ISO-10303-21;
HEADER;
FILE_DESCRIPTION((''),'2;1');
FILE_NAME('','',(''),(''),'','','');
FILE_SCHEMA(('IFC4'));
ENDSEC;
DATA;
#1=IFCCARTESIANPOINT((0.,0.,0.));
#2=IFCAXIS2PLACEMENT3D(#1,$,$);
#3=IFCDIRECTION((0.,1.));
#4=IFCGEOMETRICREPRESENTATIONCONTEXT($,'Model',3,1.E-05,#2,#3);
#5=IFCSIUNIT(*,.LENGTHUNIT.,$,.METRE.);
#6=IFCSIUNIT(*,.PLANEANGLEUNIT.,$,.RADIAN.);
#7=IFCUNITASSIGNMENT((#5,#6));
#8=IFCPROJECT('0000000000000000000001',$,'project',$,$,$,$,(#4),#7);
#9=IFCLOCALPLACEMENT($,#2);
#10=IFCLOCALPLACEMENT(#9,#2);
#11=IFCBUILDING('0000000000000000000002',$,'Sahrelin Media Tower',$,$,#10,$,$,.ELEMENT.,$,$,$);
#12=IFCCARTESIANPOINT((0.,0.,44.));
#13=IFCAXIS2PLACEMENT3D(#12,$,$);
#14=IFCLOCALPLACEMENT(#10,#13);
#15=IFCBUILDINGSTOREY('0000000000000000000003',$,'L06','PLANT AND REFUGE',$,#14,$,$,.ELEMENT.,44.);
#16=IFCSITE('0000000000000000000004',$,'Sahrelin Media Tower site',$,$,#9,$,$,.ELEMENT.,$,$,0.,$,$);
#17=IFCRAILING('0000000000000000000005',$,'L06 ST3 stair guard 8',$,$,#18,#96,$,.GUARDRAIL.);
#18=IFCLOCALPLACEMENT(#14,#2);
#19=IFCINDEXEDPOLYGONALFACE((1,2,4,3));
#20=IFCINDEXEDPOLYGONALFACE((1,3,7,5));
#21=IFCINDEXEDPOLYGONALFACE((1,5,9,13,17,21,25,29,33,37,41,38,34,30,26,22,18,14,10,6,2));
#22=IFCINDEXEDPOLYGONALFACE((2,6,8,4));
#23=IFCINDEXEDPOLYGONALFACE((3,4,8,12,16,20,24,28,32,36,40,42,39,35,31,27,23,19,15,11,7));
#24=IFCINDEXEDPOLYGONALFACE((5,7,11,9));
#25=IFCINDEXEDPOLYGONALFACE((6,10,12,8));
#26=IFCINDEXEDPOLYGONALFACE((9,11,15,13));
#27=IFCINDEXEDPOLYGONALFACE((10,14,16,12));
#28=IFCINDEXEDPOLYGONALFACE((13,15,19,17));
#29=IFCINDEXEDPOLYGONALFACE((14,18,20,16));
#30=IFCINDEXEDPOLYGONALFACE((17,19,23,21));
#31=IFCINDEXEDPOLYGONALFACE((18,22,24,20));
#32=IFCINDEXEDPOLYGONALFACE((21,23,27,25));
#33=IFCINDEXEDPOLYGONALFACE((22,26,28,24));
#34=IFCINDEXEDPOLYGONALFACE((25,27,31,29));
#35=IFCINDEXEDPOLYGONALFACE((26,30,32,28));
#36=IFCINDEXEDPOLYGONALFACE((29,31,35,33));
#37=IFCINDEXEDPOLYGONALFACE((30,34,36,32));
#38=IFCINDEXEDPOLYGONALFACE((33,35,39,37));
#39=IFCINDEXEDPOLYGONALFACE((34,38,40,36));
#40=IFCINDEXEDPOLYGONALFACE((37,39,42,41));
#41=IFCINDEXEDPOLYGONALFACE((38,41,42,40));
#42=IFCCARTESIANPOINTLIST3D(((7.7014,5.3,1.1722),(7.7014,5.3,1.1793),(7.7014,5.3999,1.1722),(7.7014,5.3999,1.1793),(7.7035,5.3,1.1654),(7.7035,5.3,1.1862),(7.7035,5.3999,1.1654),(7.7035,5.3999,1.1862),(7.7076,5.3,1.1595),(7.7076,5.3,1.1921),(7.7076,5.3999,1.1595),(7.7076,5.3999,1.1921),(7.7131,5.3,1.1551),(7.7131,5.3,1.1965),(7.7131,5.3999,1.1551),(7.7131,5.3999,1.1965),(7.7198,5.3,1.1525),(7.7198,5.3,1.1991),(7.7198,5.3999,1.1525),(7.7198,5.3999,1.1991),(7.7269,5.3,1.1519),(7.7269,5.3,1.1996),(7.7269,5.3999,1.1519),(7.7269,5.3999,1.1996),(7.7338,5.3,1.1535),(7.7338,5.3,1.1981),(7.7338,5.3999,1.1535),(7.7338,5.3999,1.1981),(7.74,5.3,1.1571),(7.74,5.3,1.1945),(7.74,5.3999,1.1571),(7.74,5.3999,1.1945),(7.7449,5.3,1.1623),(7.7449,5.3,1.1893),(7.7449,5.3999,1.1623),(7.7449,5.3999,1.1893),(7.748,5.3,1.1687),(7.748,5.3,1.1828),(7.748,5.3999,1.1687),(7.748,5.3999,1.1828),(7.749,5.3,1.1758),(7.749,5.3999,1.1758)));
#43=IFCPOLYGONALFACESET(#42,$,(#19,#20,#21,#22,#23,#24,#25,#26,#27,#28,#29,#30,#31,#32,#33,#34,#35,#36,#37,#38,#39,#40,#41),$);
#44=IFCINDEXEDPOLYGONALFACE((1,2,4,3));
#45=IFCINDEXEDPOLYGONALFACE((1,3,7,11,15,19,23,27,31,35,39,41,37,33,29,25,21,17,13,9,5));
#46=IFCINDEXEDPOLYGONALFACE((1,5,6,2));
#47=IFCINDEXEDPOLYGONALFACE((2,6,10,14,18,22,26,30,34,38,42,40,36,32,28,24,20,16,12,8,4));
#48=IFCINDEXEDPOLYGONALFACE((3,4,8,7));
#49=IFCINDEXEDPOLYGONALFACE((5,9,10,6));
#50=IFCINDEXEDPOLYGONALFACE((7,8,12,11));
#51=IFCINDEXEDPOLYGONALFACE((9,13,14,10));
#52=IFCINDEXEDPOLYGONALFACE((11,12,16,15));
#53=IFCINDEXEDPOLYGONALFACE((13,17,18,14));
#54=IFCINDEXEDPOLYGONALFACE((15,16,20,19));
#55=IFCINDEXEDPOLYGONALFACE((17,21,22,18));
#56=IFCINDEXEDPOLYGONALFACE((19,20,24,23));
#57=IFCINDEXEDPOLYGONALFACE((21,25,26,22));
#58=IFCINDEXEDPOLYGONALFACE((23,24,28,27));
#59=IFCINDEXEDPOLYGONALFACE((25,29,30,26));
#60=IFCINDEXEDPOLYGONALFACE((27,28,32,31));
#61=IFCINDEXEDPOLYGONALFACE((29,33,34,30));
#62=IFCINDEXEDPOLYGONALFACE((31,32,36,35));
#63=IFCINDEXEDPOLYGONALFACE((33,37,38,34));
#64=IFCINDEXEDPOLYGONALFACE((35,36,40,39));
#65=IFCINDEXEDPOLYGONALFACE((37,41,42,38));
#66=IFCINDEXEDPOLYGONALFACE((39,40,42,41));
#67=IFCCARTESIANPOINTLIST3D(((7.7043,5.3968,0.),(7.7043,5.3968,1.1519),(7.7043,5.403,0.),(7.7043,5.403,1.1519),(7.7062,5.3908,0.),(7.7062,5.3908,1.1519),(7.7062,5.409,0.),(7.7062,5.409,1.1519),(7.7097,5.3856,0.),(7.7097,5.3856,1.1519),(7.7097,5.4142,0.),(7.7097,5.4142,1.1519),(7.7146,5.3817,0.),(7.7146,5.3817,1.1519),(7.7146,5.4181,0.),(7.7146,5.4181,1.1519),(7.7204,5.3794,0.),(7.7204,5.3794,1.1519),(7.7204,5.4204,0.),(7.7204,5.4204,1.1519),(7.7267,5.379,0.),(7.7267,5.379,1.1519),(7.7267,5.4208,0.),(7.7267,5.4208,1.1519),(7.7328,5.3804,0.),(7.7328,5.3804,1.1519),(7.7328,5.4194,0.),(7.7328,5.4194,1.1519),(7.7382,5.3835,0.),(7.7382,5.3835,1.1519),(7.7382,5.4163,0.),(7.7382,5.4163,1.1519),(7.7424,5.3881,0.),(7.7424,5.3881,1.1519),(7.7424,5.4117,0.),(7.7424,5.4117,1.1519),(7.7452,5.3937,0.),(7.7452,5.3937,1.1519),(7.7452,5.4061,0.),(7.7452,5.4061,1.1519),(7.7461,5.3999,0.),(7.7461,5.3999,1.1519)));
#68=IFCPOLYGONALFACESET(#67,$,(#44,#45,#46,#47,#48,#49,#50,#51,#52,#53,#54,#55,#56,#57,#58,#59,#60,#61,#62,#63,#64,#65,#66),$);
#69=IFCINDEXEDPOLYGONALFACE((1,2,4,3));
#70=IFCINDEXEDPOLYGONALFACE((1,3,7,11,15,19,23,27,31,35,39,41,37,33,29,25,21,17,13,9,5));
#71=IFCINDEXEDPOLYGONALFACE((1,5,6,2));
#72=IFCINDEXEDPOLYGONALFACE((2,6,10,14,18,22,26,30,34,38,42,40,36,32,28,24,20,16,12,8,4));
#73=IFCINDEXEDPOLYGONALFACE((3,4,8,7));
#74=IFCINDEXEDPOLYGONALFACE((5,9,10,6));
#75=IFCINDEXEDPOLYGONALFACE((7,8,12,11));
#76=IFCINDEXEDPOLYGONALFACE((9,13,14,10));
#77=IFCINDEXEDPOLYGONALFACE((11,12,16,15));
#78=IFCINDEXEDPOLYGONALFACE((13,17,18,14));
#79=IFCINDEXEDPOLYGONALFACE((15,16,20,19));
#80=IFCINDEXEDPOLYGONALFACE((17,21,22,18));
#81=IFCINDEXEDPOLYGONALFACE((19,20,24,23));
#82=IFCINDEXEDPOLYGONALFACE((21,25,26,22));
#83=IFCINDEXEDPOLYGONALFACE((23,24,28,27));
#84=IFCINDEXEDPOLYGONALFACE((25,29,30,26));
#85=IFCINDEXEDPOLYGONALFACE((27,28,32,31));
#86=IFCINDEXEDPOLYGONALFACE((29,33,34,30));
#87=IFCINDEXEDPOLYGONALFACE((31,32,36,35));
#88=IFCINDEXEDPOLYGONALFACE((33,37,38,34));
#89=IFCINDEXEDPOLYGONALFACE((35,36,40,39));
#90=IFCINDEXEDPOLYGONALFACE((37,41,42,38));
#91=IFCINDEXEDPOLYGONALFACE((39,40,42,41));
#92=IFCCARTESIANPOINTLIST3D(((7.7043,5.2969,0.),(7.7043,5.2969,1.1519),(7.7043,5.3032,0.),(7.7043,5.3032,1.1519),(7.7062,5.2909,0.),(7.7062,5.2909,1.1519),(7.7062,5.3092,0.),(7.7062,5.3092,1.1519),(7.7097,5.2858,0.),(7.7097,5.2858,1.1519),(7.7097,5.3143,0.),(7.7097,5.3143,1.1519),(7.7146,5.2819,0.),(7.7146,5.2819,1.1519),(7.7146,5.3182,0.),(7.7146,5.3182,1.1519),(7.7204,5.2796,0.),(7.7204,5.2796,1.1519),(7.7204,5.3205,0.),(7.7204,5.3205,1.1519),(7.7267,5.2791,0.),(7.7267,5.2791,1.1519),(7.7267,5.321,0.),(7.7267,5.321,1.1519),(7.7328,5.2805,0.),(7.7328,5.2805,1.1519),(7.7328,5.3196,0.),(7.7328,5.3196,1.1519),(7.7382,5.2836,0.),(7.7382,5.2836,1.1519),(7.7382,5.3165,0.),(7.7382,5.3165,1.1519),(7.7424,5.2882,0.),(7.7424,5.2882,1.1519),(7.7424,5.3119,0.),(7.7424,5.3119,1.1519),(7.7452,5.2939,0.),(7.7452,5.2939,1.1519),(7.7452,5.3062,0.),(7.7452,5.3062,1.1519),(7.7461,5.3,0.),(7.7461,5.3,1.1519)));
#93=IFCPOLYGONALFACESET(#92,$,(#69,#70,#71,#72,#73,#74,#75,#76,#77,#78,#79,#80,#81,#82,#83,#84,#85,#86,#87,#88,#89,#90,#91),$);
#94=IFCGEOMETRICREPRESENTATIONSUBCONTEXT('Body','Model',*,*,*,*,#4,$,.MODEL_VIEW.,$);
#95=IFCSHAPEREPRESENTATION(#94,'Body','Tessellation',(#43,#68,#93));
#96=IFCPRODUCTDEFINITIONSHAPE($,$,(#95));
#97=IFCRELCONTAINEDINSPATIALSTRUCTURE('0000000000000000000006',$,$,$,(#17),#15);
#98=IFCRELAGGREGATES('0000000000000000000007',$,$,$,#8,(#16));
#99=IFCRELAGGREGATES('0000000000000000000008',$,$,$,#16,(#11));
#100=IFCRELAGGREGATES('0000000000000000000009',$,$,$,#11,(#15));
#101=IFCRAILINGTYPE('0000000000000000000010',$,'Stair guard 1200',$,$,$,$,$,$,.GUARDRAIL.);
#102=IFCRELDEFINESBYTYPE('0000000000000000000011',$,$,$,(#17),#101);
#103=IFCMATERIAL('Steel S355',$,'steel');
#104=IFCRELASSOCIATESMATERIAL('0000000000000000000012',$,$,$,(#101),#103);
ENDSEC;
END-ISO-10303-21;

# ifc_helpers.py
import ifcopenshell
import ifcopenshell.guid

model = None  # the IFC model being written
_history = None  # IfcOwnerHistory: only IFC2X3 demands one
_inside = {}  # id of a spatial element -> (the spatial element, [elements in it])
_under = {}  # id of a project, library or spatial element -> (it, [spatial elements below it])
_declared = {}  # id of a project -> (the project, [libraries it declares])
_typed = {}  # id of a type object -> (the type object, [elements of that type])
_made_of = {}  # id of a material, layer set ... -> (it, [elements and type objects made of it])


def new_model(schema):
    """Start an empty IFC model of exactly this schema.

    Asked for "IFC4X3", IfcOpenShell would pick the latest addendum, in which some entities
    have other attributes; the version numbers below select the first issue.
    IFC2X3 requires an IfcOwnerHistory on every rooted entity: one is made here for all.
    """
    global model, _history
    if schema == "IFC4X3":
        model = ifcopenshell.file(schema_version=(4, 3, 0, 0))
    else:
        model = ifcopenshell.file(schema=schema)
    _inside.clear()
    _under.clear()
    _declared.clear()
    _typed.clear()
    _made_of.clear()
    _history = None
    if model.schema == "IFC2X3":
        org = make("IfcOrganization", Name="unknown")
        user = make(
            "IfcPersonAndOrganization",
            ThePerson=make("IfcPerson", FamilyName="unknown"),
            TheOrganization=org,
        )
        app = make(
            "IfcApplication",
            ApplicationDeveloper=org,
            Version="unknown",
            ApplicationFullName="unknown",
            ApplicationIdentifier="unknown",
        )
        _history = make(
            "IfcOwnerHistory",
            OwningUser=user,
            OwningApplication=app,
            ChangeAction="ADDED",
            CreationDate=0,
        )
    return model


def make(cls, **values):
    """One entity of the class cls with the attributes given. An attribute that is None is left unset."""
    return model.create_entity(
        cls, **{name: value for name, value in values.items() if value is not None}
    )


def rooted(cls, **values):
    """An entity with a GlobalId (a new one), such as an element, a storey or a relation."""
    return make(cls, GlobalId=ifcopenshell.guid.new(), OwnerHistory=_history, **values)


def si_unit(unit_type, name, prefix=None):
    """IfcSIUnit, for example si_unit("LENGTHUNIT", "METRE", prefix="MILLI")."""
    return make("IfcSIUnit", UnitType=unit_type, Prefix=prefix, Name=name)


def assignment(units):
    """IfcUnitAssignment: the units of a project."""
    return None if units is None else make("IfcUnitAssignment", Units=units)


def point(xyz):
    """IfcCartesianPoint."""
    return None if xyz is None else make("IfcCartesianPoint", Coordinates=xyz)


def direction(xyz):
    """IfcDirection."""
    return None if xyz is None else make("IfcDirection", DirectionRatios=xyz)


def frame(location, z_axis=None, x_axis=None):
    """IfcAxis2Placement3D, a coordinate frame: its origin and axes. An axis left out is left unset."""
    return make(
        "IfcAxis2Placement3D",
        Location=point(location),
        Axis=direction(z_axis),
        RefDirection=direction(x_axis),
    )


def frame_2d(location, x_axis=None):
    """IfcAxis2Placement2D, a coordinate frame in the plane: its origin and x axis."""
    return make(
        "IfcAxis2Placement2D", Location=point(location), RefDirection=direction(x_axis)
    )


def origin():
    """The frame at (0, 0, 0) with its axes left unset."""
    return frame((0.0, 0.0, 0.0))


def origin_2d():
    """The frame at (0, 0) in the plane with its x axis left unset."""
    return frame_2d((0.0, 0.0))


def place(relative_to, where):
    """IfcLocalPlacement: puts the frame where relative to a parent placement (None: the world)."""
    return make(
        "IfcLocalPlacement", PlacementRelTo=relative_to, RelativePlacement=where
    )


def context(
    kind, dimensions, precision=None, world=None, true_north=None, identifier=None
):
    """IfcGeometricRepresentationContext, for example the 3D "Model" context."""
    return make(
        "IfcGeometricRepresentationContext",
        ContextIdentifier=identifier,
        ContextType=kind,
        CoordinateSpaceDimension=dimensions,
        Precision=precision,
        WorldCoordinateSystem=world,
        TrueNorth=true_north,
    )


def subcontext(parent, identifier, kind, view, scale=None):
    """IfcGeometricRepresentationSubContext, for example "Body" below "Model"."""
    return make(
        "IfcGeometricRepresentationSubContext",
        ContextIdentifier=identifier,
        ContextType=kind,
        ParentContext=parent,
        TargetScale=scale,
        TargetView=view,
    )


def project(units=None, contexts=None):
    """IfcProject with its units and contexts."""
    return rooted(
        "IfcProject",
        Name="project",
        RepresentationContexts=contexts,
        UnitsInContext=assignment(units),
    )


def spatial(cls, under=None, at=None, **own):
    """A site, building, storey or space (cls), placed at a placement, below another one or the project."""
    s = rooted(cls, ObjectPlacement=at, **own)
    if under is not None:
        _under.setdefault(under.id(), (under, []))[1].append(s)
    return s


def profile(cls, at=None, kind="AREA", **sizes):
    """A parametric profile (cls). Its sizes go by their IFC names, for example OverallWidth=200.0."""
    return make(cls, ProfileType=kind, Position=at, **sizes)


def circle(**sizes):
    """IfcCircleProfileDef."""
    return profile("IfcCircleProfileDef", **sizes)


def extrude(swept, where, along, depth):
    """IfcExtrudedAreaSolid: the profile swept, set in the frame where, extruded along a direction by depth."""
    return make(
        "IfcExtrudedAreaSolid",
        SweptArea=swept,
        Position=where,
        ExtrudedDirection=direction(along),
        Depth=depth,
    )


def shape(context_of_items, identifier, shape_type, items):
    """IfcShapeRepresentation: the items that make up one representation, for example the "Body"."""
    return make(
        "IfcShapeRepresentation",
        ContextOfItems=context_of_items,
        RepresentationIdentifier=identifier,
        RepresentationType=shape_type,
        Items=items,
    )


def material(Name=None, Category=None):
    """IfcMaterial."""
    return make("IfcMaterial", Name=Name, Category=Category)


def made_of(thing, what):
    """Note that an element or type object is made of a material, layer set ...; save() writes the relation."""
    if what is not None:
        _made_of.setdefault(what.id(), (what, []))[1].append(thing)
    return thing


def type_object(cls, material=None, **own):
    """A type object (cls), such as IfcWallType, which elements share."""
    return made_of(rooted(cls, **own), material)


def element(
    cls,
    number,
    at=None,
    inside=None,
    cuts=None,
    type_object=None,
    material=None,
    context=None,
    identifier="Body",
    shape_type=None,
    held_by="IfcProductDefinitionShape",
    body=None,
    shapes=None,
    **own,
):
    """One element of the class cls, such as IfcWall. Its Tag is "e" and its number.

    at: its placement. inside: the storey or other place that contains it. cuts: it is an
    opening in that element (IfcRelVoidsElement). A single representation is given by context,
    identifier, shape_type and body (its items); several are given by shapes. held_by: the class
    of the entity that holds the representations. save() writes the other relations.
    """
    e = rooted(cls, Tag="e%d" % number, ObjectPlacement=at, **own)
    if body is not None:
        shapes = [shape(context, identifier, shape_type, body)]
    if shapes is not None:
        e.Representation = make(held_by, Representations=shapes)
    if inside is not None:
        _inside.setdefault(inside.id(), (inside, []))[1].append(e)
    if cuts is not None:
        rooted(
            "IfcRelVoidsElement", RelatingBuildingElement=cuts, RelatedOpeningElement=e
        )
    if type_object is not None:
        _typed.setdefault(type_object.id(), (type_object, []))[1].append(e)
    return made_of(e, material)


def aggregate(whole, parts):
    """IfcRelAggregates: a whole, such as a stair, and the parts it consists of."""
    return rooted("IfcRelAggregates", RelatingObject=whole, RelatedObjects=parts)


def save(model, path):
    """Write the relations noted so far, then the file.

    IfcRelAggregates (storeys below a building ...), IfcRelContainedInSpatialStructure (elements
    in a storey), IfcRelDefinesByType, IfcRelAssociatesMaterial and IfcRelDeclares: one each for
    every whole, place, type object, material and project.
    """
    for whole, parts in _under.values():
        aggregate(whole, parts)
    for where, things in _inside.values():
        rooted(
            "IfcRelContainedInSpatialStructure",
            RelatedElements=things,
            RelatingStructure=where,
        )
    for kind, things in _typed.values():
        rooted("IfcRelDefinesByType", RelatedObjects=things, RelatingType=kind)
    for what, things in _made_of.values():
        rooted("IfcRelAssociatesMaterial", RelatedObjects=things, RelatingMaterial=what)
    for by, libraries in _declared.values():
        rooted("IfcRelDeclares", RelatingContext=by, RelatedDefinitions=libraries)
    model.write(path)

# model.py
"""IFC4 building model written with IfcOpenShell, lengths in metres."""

from ifc_helpers import new_model, si_unit, direction, frame, origin, origin_2d, place, context, subcontext, project, spatial, circle, extrude, material, type_object, element, save


model = new_model("IFC4")

# Units and contexts
model_context = context("Model", 3, precision=1e-05, world=origin(), true_north=direction((0.0, 1.0)))
body_context = subcontext(model_context, "Body", "Model", "MODEL_VIEW")
ifc_project = project(units=[si_unit("LENGTHUNIT", "METRE"), si_unit("PLANEANGLEUNIT", "RADIAN")], contexts=[model_context])

# Site, building, storey
site_placement = place(None, origin())
site = spatial("IfcSite", under=ifc_project, at=site_placement, Name="Sahrelin Media Tower site", CompositionType="ELEMENT", RefElevation=0.0)
building_placement = place(site_placement, origin())
building = spatial("IfcBuilding", under=site, at=building_placement, Name="Sahrelin Media Tower", CompositionType="ELEMENT")
storey_placement = place(building_placement, frame((0.0, 0.0, 44.0)))
storey = spatial("IfcBuildingStorey", under=building, at=storey_placement, Name="L06", Description="PLANT AND REFUGE", CompositionType="ELEMENT", Elevation=44.0)

# Shared definitions
ifc_material_1 = material(Name="Steel S355", Category="steel")

# Railing
railing_type_1 = type_object("IfcRailingType", Name="Stair guard 1200", PredefinedType="GUARDRAIL", material=ifc_material_1)
railing_1_placement = place(storey_placement, frame((7.7251, 5.3999, 0.0)))
element("IfcRailing", 1, at=railing_1_placement, inside=storey, type_object=railing_type_1, Name="L06 ST3 stair guard 8", PredefinedType="GUARDRAIL", context=body_context, shape_type="SweptSolid", body=[
    extrude(circle(Radius=0.0239, at=origin_2d()), frame((0.0, 0.0, 1.1758), z_axis=(0.0, -1.0, 0.0), x_axis=(1.0, 0.0, 0.0)), (0.0, 0.0, 1.0), 0.0999),
    extrude(circle(Radius=0.021, at=origin_2d()), origin(), (0.0, 0.0, 1.0), 1.1519),
    extrude(circle(Radius=0.021, at=origin_2d()), frame((0.0, -0.0999, 0.0)), (0.0, 0.0, 1.0), 1.1519),
])

save(model, "model.ifc")
